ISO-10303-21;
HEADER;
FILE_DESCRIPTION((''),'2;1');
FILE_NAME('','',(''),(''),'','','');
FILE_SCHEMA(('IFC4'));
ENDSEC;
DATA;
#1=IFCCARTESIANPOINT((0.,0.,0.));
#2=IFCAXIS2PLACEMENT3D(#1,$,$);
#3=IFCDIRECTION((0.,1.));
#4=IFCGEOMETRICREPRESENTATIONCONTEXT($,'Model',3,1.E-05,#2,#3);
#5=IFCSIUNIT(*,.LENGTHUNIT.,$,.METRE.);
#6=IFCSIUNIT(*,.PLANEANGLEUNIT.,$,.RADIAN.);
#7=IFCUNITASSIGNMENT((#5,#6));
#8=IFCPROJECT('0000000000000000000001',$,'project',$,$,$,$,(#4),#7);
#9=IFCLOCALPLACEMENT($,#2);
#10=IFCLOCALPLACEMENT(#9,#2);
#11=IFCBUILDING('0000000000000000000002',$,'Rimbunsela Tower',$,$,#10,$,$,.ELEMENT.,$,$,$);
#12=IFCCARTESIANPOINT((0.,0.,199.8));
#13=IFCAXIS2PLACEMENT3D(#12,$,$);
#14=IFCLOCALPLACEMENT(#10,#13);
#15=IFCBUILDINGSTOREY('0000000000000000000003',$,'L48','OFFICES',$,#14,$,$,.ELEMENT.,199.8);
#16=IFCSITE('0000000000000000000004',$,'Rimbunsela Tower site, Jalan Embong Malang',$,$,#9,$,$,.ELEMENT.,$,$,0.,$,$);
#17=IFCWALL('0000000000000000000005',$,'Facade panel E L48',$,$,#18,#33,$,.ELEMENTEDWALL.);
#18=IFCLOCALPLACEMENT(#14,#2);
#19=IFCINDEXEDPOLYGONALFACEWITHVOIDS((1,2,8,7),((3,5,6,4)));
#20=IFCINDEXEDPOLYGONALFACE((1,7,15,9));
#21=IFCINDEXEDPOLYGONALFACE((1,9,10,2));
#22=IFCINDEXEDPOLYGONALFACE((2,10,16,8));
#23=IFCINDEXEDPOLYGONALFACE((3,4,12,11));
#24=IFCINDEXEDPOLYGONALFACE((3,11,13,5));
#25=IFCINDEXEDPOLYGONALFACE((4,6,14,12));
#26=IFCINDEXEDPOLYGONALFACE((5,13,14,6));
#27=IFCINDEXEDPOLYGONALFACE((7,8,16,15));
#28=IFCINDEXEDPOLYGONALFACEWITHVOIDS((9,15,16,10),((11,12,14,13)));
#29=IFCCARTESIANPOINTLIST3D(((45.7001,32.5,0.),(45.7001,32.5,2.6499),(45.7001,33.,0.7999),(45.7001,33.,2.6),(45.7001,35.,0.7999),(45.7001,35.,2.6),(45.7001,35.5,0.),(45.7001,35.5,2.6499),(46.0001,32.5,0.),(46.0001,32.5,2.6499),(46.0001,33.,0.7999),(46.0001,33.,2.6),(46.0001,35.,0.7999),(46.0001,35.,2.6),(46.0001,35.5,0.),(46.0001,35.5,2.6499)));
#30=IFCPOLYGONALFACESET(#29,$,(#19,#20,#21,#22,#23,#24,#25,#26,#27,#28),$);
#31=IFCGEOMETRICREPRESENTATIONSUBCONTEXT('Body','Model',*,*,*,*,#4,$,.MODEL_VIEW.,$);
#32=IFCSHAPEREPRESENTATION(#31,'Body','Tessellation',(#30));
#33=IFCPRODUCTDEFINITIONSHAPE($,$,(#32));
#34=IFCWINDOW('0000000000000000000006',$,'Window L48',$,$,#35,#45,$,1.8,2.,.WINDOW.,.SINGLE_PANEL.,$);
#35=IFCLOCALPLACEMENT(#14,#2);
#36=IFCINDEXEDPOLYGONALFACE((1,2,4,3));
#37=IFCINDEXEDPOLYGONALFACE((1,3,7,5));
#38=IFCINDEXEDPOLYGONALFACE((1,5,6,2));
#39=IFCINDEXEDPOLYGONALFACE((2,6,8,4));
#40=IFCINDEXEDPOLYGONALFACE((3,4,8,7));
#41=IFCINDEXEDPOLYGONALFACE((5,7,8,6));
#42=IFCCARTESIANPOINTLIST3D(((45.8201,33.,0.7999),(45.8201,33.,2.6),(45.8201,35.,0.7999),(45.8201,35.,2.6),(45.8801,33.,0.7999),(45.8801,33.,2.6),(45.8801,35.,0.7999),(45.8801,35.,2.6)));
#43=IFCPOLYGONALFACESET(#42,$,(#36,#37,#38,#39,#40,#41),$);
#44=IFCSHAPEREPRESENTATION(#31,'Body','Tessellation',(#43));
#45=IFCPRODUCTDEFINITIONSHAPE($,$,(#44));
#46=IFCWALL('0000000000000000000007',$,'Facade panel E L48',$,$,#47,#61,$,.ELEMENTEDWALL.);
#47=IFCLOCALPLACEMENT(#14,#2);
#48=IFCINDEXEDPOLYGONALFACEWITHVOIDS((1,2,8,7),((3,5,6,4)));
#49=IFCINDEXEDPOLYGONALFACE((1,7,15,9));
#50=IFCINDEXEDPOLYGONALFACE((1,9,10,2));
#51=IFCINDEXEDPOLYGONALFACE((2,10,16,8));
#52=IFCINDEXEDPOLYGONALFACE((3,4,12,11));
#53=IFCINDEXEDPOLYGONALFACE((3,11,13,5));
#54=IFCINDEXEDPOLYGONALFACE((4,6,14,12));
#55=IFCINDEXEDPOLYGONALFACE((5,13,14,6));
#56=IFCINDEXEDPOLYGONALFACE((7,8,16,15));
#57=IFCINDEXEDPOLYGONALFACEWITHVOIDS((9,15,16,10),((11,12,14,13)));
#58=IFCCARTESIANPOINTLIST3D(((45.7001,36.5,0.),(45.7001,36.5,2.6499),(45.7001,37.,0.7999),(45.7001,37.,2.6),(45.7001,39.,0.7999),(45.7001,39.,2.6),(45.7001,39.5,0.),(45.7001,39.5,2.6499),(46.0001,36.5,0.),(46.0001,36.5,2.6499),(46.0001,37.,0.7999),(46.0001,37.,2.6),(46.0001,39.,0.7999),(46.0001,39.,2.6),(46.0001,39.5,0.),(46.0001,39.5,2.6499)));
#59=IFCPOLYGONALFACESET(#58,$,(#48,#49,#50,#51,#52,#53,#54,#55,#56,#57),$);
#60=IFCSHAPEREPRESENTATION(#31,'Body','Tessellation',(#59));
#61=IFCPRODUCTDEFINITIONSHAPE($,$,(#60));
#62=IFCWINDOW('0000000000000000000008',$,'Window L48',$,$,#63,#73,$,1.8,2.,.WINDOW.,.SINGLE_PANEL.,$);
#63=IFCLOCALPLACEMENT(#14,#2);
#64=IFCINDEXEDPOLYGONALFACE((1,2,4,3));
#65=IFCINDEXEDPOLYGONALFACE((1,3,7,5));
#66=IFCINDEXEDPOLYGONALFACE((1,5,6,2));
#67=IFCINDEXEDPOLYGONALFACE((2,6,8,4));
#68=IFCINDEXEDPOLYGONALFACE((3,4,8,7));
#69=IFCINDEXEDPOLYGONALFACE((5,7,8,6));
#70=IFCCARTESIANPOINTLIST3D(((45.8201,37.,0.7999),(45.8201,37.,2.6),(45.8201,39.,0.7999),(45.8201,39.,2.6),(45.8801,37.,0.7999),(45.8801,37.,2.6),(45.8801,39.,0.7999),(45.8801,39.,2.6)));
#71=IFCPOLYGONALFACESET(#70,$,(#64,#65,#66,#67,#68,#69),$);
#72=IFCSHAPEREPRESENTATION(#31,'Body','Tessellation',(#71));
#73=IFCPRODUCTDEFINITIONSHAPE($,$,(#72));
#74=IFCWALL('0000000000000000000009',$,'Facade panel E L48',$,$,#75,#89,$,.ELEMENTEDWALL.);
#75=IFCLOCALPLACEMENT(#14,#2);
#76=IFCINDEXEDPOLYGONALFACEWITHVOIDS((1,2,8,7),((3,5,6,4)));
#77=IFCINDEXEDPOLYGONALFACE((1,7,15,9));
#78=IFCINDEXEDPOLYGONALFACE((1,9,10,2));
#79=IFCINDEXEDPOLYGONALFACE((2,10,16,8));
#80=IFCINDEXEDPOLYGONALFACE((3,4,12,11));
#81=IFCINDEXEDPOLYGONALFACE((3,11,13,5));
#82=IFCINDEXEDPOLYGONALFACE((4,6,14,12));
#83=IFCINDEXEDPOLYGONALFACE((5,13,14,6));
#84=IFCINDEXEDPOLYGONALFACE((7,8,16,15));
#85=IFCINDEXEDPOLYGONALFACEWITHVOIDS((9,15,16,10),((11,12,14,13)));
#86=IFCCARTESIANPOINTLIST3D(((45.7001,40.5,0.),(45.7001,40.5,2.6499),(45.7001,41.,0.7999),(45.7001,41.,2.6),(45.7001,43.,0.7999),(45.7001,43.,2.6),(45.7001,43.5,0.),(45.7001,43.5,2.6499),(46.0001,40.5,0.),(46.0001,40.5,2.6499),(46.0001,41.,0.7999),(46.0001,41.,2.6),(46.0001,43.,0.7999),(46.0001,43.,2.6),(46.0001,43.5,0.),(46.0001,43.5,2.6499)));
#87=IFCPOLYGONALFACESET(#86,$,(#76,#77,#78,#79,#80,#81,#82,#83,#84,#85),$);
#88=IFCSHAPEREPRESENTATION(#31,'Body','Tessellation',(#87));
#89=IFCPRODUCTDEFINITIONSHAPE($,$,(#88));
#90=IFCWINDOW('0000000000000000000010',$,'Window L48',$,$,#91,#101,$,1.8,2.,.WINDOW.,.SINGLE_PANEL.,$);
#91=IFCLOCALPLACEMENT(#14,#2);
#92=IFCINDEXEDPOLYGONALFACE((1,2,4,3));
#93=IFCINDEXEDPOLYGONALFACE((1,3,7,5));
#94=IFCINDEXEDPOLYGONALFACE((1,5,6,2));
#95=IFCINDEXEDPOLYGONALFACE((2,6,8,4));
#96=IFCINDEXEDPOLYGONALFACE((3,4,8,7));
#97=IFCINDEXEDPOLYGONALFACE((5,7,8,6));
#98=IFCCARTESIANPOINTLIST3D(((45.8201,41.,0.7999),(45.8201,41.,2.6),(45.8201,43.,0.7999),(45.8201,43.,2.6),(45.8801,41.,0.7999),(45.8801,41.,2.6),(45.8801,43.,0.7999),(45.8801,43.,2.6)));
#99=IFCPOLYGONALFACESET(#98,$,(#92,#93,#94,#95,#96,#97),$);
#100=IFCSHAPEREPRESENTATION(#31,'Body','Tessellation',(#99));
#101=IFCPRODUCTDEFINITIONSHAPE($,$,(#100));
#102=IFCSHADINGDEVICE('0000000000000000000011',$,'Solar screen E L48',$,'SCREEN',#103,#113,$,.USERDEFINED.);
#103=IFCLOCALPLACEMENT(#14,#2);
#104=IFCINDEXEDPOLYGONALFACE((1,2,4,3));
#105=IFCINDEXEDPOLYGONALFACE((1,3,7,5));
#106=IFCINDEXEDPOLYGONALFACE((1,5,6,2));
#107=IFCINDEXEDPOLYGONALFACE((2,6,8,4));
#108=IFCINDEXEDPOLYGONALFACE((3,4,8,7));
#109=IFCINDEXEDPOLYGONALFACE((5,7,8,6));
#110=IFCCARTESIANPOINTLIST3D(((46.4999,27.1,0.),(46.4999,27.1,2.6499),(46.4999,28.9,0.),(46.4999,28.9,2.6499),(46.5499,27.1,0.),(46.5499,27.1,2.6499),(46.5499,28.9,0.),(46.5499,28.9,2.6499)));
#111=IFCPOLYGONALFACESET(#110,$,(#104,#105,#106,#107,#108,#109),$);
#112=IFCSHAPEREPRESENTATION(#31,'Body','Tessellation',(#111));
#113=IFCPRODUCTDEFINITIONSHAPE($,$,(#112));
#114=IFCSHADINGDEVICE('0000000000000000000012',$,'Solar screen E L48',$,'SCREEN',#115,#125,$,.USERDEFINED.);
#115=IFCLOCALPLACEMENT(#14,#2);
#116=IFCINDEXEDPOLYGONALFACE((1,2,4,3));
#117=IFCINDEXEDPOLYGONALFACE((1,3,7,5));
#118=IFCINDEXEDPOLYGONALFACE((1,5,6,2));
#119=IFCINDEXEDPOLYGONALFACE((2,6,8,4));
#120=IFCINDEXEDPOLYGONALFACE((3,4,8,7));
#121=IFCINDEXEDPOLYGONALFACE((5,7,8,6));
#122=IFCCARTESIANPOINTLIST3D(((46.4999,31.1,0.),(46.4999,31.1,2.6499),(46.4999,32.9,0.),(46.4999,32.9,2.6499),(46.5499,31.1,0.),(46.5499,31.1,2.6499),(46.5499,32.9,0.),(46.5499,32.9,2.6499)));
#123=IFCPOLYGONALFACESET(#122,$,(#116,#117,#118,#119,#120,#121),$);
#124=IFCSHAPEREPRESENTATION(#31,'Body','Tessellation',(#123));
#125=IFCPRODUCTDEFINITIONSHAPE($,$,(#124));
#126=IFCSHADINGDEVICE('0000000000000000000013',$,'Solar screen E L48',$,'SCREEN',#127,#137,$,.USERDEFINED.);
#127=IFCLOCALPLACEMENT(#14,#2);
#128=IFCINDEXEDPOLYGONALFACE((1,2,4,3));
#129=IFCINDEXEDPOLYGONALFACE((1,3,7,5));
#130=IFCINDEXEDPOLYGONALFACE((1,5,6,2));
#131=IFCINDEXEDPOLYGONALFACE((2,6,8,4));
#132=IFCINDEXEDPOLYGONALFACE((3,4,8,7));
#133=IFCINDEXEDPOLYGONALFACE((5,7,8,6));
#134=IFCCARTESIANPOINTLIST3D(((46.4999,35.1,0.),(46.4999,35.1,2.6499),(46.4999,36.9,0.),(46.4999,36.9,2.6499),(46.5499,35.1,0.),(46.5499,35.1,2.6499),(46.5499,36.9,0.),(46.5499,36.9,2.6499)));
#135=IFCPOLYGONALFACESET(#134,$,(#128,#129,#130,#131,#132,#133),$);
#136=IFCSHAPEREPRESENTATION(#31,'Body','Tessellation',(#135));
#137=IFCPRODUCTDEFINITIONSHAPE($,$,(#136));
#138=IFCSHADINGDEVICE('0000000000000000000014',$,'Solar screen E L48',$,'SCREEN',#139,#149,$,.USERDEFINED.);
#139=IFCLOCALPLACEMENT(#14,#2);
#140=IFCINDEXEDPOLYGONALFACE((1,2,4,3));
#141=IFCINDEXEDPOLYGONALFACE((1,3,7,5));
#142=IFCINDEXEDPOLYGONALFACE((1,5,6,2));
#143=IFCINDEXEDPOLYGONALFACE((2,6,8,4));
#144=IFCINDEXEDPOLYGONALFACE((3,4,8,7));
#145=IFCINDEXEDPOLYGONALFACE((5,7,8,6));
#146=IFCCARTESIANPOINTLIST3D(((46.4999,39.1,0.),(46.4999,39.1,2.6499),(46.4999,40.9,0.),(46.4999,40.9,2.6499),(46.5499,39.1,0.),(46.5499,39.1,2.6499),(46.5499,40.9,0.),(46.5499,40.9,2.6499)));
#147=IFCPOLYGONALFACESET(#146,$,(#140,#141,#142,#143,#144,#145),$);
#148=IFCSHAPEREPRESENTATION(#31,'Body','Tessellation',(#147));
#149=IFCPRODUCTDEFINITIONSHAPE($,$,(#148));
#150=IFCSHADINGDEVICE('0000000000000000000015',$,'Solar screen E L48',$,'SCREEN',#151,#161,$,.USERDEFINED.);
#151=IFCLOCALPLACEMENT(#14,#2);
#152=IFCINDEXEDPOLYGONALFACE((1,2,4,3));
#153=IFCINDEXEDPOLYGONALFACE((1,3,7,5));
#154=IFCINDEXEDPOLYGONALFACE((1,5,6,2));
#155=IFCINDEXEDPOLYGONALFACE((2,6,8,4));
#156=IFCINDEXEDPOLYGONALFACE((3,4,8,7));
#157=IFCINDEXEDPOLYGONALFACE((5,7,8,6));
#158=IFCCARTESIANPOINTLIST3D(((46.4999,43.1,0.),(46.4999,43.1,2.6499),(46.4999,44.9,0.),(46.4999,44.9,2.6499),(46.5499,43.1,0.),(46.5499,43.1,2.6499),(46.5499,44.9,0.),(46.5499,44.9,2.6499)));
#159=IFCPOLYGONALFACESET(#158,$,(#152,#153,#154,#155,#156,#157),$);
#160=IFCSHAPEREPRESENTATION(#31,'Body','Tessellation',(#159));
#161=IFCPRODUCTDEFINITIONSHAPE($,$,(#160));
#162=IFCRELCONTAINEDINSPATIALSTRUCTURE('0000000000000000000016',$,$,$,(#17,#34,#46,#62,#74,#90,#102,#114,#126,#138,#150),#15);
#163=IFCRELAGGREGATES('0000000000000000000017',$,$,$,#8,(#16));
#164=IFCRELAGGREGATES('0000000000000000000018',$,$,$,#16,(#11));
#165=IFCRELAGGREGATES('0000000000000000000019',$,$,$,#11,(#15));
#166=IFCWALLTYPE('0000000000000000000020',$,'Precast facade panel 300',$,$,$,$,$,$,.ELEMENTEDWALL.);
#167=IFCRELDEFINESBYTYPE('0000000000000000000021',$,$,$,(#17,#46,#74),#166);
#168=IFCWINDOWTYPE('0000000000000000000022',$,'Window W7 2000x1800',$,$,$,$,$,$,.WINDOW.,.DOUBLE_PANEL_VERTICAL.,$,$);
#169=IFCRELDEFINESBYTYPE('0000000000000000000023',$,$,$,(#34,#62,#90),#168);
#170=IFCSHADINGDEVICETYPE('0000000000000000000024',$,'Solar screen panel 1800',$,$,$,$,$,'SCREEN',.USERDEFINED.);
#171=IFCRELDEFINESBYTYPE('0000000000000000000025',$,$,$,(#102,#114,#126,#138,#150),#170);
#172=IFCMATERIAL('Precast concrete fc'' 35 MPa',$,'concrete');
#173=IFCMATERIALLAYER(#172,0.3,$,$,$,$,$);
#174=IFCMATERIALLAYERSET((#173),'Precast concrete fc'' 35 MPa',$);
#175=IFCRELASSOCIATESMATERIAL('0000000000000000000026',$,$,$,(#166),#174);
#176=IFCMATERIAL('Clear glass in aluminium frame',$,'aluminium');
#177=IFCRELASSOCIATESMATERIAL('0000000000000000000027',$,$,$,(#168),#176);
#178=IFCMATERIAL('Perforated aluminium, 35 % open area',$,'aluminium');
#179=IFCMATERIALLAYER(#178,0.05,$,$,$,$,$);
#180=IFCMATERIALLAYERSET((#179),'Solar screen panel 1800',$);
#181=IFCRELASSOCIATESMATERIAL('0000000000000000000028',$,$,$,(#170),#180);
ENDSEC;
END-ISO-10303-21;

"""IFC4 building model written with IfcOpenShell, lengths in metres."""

from ifc_helpers import new_model, si_unit, direction, frame, frame_2d, origin, origin_2d, place, context, subcontext, project, spatial, rectangle, extrude, material, layer, layer_set, type_object, element, fill, save


model = new_model("IFC4")

# Units and contexts
model_context = context("Model", 3, precision=1e-05, world=origin(), true_north=direction((0.0, 1.0)))
body_context = subcontext(model_context, "Body", "Model", "MODEL_VIEW")
ifc_project = project(units=[si_unit("LENGTHUNIT", "METRE"), si_unit("PLANEANGLEUNIT", "RADIAN")], contexts=[model_context])

# Site, building, storey
site_placement = place(None, origin())
site = spatial("IfcSite", under=ifc_project, at=site_placement, Name="Rimbunsela Tower site, Jalan Embong Malang", CompositionType="ELEMENT", RefElevation=0.0)
building_placement = place(site_placement, origin())
building = spatial("IfcBuilding", under=site, at=building_placement, Name="Rimbunsela Tower", CompositionType="ELEMENT")
storey_placement = place(building_placement, frame((0.0, 0.0, 199.8)))
storey = spatial("IfcBuildingStorey", under=building, at=storey_placement, Name="L48", Description="OFFICES", CompositionType="ELEMENT", Elevation=199.8)

# Walls, openings, windows
ifc_material_1 = material(Name="Precast concrete fc' 35 MPa", Category="concrete")
ifc_layer_1 = layer(ifc_material_1, 0.3)
ifc_layer_set_1 = layer_set([ifc_layer_1], Name="Precast concrete fc' 35 MPa")
wall_type_1 = type_object("IfcWallType", Name="Precast facade panel 300", PredefinedType="ELEMENTEDWALL", material=ifc_layer_set_1)
ifc_material_2 = material(Name="Clear glass in aluminium frame", Category="aluminium")
window_type = type_object("IfcWindowType", Name="Window W7 2000x1800", PartitioningType="DOUBLE_PANEL_VERTICAL", PredefinedType="WINDOW", material=ifc_material_2)
wall_1_placement = place(storey_placement, frame((45.8501, 32.5, 0.0), z_axis=(0.0, 0.0, 1.0), x_axis=(0.0, 1.0, 0.0)))
wall_1 = element("IfcWall", 1, at=wall_1_placement, inside=storey, type_object=wall_type_1, Name="Facade panel E L48", PredefinedType="ELEMENTEDWALL", context=body_context, shape_type="SweptSolid", body=[
    extrude(rectangle(XDim=3.0, YDim=0.3, at=frame_2d((1.5, 0.0))), origin(), (0.0, 0.0, 1.0), 2.6499),
])
opening_1_placement = place(wall_1_placement, frame((0.5, 0.0, 0.8)))
opening_1 = element("IfcOpeningElement", 2, at=opening_1_placement, cuts=wall_1, PredefinedType="OPENING", context=body_context, shape_type="SweptSolid", body=[
    extrude(rectangle(XDim=2.0, YDim=1.8, at=frame_2d((1.0, 0.8999))), frame((0.0, 0.1599, 0.0), z_axis=(0.0, -1.0, 0.0), x_axis=(1.0, 0.0, 0.0)), (0.0, 0.0, 1.0), 0.3201),
])
window_1_placement = place(opening_1_placement, origin())
window_1 = element("IfcWindow", 3, at=window_1_placement, inside=storey, type_object=window_type, Name="Window L48", OverallHeight=1.8, OverallWidth=2.0, PartitioningType="SINGLE_PANEL", PredefinedType="WINDOW", context=body_context, shape_type="SweptSolid", body=[
    extrude(rectangle(XDim=2.0, YDim=1.8, at=frame_2d((1.0, 0.8999))), frame((0.0, 0.03, 0.0), z_axis=(0.0, -1.0, 0.0), x_axis=(1.0, 0.0, 0.0)), (0.0, 0.0, 1.0), 0.0601),
])
fill(opening_1, window_1)
wall_2_placement = place(storey_placement, frame((45.8501, 36.5, 0.0), z_axis=(0.0, 0.0, 1.0), x_axis=(0.0, 1.0, 0.0)))
wall_2 = element("IfcWall", 4, at=wall_2_placement, inside=storey, type_object=wall_type_1, Name="Facade panel E L48", PredefinedType="ELEMENTEDWALL", context=body_context, shape_type="SweptSolid", body=[
    extrude(rectangle(XDim=3.0, YDim=0.3, at=frame_2d((1.5, 0.0))), origin(), (0.0, 0.0, 1.0), 2.6499),
])
opening_2_placement = place(wall_2_placement, frame((0.5, 0.0, 0.8)))
opening_2 = element("IfcOpeningElement", 5, at=opening_2_placement, cuts=wall_2, PredefinedType="OPENING", context=body_context, shape_type="SweptSolid", body=[
    extrude(rectangle(XDim=2.0, YDim=1.8, at=frame_2d((1.0, 0.8999))), frame((0.0, 0.1599, 0.0), z_axis=(0.0, -1.0, 0.0), x_axis=(1.0, 0.0, 0.0)), (0.0, 0.0, 1.0), 0.3201),
])
window_2_placement = place(opening_2_placement, origin())
window_2 = element("IfcWindow", 6, at=window_2_placement, inside=storey, type_object=window_type, Name="Window L48", OverallHeight=1.8, OverallWidth=2.0, PartitioningType="SINGLE_PANEL", PredefinedType="WINDOW", context=body_context, shape_type="SweptSolid", body=[
    extrude(rectangle(XDim=2.0, YDim=1.8, at=frame_2d((1.0, 0.8999))), frame((0.0, 0.03, 0.0), z_axis=(0.0, -1.0, 0.0), x_axis=(1.0, 0.0, 0.0)), (0.0, 0.0, 1.0), 0.0601),
])
fill(opening_2, window_2)
wall_3_placement = place(storey_placement, frame((45.8501, 40.5, 0.0), z_axis=(0.0, 0.0, 1.0), x_axis=(0.0, 1.0, 0.0)))
wall_3 = element("IfcWall", 7, at=wall_3_placement, inside=storey, type_object=wall_type_1, Name="Facade panel E L48", PredefinedType="ELEMENTEDWALL", context=body_context, shape_type="SweptSolid", body=[
    extrude(rectangle(XDim=3.0, YDim=0.3, at=frame_2d((1.5, 0.0))), origin(), (0.0, 0.0, 1.0), 2.6499),
])
opening_3_placement = place(wall_3_placement, frame((0.5, 0.0, 0.8)))
opening_3 = element("IfcOpeningElement", 8, at=opening_3_placement, cuts=wall_3, PredefinedType="OPENING", context=body_context, shape_type="SweptSolid", body=[
    extrude(rectangle(XDim=2.0, YDim=1.8, at=frame_2d((1.0, 0.8999))), frame((0.0, 0.1599, 0.0), z_axis=(0.0, -1.0, 0.0), x_axis=(1.0, 0.0, 0.0)), (0.0, 0.0, 1.0), 0.3201),
])
window_3_placement = place(opening_3_placement, origin())
window_3 = element("IfcWindow", 9, at=window_3_placement, inside=storey, type_object=window_type, Name="Window L48", OverallHeight=1.8, OverallWidth=2.0, PartitioningType="SINGLE_PANEL", PredefinedType="WINDOW", context=body_context, shape_type="SweptSolid", body=[
    extrude(rectangle(XDim=2.0, YDim=1.8, at=frame_2d((1.0, 0.8999))), frame((0.0, 0.03, 0.0), z_axis=(0.0, -1.0, 0.0), x_axis=(1.0, 0.0, 0.0)), (0.0, 0.0, 1.0), 0.0601),
])
fill(opening_3, window_3)

# Shading devices
ifc_material_3 = material(Name="Perforated aluminium, 35 % open area", Category="aluminium")
ifc_layer_2 = layer(ifc_material_3, 0.05)
ifc_layer_set_2 = layer_set([ifc_layer_2], Name="Solar screen panel 1800")
shading_device_type = type_object("IfcShadingDeviceType", Name="Solar screen panel 1800", ElementType="SCREEN", PredefinedType="USERDEFINED", material=ifc_layer_set_2)
for number, where, z_axis, x_axis, name in (
    (10, (46.5249, 28.0, 0.0), (0.0, 0.0, 1.0), (0.0, 1.0, 0.0), "Solar screen E L48"),
    (11, (46.5249, 32.0, 0.0), (0.0, 0.0, 1.0), (0.0, 1.0, 0.0), "Solar screen E L48"),
    (12, (46.5249, 36.0, 0.0), (0.0, 0.0, 1.0), (0.0, 1.0, 0.0), "Solar screen E L48"),
    (13, (46.5249, 40.0, 0.0), (0.0, 0.0, 1.0), (0.0, 1.0, 0.0), "Solar screen E L48"),
    (14, (46.5249, 44.0, 0.0), (0.0, 0.0, 1.0), (0.0, 1.0, 0.0), "Solar screen E L48"),
):
    element("IfcShadingDevice", number, at=place(storey_placement, frame(where, z_axis=z_axis, x_axis=x_axis)), inside=storey, type_object=shading_device_type, Name=name, ObjectType="SCREEN", PredefinedType="USERDEFINED", context=body_context, shape_type="SweptSolid", body=[
        extrude(rectangle(XDim=1.8, YDim=0.05, at=origin_2d()), origin(), (0.0, 0.0, 1.0), 2.6499),
    ])

save(model, "model.ifc")
